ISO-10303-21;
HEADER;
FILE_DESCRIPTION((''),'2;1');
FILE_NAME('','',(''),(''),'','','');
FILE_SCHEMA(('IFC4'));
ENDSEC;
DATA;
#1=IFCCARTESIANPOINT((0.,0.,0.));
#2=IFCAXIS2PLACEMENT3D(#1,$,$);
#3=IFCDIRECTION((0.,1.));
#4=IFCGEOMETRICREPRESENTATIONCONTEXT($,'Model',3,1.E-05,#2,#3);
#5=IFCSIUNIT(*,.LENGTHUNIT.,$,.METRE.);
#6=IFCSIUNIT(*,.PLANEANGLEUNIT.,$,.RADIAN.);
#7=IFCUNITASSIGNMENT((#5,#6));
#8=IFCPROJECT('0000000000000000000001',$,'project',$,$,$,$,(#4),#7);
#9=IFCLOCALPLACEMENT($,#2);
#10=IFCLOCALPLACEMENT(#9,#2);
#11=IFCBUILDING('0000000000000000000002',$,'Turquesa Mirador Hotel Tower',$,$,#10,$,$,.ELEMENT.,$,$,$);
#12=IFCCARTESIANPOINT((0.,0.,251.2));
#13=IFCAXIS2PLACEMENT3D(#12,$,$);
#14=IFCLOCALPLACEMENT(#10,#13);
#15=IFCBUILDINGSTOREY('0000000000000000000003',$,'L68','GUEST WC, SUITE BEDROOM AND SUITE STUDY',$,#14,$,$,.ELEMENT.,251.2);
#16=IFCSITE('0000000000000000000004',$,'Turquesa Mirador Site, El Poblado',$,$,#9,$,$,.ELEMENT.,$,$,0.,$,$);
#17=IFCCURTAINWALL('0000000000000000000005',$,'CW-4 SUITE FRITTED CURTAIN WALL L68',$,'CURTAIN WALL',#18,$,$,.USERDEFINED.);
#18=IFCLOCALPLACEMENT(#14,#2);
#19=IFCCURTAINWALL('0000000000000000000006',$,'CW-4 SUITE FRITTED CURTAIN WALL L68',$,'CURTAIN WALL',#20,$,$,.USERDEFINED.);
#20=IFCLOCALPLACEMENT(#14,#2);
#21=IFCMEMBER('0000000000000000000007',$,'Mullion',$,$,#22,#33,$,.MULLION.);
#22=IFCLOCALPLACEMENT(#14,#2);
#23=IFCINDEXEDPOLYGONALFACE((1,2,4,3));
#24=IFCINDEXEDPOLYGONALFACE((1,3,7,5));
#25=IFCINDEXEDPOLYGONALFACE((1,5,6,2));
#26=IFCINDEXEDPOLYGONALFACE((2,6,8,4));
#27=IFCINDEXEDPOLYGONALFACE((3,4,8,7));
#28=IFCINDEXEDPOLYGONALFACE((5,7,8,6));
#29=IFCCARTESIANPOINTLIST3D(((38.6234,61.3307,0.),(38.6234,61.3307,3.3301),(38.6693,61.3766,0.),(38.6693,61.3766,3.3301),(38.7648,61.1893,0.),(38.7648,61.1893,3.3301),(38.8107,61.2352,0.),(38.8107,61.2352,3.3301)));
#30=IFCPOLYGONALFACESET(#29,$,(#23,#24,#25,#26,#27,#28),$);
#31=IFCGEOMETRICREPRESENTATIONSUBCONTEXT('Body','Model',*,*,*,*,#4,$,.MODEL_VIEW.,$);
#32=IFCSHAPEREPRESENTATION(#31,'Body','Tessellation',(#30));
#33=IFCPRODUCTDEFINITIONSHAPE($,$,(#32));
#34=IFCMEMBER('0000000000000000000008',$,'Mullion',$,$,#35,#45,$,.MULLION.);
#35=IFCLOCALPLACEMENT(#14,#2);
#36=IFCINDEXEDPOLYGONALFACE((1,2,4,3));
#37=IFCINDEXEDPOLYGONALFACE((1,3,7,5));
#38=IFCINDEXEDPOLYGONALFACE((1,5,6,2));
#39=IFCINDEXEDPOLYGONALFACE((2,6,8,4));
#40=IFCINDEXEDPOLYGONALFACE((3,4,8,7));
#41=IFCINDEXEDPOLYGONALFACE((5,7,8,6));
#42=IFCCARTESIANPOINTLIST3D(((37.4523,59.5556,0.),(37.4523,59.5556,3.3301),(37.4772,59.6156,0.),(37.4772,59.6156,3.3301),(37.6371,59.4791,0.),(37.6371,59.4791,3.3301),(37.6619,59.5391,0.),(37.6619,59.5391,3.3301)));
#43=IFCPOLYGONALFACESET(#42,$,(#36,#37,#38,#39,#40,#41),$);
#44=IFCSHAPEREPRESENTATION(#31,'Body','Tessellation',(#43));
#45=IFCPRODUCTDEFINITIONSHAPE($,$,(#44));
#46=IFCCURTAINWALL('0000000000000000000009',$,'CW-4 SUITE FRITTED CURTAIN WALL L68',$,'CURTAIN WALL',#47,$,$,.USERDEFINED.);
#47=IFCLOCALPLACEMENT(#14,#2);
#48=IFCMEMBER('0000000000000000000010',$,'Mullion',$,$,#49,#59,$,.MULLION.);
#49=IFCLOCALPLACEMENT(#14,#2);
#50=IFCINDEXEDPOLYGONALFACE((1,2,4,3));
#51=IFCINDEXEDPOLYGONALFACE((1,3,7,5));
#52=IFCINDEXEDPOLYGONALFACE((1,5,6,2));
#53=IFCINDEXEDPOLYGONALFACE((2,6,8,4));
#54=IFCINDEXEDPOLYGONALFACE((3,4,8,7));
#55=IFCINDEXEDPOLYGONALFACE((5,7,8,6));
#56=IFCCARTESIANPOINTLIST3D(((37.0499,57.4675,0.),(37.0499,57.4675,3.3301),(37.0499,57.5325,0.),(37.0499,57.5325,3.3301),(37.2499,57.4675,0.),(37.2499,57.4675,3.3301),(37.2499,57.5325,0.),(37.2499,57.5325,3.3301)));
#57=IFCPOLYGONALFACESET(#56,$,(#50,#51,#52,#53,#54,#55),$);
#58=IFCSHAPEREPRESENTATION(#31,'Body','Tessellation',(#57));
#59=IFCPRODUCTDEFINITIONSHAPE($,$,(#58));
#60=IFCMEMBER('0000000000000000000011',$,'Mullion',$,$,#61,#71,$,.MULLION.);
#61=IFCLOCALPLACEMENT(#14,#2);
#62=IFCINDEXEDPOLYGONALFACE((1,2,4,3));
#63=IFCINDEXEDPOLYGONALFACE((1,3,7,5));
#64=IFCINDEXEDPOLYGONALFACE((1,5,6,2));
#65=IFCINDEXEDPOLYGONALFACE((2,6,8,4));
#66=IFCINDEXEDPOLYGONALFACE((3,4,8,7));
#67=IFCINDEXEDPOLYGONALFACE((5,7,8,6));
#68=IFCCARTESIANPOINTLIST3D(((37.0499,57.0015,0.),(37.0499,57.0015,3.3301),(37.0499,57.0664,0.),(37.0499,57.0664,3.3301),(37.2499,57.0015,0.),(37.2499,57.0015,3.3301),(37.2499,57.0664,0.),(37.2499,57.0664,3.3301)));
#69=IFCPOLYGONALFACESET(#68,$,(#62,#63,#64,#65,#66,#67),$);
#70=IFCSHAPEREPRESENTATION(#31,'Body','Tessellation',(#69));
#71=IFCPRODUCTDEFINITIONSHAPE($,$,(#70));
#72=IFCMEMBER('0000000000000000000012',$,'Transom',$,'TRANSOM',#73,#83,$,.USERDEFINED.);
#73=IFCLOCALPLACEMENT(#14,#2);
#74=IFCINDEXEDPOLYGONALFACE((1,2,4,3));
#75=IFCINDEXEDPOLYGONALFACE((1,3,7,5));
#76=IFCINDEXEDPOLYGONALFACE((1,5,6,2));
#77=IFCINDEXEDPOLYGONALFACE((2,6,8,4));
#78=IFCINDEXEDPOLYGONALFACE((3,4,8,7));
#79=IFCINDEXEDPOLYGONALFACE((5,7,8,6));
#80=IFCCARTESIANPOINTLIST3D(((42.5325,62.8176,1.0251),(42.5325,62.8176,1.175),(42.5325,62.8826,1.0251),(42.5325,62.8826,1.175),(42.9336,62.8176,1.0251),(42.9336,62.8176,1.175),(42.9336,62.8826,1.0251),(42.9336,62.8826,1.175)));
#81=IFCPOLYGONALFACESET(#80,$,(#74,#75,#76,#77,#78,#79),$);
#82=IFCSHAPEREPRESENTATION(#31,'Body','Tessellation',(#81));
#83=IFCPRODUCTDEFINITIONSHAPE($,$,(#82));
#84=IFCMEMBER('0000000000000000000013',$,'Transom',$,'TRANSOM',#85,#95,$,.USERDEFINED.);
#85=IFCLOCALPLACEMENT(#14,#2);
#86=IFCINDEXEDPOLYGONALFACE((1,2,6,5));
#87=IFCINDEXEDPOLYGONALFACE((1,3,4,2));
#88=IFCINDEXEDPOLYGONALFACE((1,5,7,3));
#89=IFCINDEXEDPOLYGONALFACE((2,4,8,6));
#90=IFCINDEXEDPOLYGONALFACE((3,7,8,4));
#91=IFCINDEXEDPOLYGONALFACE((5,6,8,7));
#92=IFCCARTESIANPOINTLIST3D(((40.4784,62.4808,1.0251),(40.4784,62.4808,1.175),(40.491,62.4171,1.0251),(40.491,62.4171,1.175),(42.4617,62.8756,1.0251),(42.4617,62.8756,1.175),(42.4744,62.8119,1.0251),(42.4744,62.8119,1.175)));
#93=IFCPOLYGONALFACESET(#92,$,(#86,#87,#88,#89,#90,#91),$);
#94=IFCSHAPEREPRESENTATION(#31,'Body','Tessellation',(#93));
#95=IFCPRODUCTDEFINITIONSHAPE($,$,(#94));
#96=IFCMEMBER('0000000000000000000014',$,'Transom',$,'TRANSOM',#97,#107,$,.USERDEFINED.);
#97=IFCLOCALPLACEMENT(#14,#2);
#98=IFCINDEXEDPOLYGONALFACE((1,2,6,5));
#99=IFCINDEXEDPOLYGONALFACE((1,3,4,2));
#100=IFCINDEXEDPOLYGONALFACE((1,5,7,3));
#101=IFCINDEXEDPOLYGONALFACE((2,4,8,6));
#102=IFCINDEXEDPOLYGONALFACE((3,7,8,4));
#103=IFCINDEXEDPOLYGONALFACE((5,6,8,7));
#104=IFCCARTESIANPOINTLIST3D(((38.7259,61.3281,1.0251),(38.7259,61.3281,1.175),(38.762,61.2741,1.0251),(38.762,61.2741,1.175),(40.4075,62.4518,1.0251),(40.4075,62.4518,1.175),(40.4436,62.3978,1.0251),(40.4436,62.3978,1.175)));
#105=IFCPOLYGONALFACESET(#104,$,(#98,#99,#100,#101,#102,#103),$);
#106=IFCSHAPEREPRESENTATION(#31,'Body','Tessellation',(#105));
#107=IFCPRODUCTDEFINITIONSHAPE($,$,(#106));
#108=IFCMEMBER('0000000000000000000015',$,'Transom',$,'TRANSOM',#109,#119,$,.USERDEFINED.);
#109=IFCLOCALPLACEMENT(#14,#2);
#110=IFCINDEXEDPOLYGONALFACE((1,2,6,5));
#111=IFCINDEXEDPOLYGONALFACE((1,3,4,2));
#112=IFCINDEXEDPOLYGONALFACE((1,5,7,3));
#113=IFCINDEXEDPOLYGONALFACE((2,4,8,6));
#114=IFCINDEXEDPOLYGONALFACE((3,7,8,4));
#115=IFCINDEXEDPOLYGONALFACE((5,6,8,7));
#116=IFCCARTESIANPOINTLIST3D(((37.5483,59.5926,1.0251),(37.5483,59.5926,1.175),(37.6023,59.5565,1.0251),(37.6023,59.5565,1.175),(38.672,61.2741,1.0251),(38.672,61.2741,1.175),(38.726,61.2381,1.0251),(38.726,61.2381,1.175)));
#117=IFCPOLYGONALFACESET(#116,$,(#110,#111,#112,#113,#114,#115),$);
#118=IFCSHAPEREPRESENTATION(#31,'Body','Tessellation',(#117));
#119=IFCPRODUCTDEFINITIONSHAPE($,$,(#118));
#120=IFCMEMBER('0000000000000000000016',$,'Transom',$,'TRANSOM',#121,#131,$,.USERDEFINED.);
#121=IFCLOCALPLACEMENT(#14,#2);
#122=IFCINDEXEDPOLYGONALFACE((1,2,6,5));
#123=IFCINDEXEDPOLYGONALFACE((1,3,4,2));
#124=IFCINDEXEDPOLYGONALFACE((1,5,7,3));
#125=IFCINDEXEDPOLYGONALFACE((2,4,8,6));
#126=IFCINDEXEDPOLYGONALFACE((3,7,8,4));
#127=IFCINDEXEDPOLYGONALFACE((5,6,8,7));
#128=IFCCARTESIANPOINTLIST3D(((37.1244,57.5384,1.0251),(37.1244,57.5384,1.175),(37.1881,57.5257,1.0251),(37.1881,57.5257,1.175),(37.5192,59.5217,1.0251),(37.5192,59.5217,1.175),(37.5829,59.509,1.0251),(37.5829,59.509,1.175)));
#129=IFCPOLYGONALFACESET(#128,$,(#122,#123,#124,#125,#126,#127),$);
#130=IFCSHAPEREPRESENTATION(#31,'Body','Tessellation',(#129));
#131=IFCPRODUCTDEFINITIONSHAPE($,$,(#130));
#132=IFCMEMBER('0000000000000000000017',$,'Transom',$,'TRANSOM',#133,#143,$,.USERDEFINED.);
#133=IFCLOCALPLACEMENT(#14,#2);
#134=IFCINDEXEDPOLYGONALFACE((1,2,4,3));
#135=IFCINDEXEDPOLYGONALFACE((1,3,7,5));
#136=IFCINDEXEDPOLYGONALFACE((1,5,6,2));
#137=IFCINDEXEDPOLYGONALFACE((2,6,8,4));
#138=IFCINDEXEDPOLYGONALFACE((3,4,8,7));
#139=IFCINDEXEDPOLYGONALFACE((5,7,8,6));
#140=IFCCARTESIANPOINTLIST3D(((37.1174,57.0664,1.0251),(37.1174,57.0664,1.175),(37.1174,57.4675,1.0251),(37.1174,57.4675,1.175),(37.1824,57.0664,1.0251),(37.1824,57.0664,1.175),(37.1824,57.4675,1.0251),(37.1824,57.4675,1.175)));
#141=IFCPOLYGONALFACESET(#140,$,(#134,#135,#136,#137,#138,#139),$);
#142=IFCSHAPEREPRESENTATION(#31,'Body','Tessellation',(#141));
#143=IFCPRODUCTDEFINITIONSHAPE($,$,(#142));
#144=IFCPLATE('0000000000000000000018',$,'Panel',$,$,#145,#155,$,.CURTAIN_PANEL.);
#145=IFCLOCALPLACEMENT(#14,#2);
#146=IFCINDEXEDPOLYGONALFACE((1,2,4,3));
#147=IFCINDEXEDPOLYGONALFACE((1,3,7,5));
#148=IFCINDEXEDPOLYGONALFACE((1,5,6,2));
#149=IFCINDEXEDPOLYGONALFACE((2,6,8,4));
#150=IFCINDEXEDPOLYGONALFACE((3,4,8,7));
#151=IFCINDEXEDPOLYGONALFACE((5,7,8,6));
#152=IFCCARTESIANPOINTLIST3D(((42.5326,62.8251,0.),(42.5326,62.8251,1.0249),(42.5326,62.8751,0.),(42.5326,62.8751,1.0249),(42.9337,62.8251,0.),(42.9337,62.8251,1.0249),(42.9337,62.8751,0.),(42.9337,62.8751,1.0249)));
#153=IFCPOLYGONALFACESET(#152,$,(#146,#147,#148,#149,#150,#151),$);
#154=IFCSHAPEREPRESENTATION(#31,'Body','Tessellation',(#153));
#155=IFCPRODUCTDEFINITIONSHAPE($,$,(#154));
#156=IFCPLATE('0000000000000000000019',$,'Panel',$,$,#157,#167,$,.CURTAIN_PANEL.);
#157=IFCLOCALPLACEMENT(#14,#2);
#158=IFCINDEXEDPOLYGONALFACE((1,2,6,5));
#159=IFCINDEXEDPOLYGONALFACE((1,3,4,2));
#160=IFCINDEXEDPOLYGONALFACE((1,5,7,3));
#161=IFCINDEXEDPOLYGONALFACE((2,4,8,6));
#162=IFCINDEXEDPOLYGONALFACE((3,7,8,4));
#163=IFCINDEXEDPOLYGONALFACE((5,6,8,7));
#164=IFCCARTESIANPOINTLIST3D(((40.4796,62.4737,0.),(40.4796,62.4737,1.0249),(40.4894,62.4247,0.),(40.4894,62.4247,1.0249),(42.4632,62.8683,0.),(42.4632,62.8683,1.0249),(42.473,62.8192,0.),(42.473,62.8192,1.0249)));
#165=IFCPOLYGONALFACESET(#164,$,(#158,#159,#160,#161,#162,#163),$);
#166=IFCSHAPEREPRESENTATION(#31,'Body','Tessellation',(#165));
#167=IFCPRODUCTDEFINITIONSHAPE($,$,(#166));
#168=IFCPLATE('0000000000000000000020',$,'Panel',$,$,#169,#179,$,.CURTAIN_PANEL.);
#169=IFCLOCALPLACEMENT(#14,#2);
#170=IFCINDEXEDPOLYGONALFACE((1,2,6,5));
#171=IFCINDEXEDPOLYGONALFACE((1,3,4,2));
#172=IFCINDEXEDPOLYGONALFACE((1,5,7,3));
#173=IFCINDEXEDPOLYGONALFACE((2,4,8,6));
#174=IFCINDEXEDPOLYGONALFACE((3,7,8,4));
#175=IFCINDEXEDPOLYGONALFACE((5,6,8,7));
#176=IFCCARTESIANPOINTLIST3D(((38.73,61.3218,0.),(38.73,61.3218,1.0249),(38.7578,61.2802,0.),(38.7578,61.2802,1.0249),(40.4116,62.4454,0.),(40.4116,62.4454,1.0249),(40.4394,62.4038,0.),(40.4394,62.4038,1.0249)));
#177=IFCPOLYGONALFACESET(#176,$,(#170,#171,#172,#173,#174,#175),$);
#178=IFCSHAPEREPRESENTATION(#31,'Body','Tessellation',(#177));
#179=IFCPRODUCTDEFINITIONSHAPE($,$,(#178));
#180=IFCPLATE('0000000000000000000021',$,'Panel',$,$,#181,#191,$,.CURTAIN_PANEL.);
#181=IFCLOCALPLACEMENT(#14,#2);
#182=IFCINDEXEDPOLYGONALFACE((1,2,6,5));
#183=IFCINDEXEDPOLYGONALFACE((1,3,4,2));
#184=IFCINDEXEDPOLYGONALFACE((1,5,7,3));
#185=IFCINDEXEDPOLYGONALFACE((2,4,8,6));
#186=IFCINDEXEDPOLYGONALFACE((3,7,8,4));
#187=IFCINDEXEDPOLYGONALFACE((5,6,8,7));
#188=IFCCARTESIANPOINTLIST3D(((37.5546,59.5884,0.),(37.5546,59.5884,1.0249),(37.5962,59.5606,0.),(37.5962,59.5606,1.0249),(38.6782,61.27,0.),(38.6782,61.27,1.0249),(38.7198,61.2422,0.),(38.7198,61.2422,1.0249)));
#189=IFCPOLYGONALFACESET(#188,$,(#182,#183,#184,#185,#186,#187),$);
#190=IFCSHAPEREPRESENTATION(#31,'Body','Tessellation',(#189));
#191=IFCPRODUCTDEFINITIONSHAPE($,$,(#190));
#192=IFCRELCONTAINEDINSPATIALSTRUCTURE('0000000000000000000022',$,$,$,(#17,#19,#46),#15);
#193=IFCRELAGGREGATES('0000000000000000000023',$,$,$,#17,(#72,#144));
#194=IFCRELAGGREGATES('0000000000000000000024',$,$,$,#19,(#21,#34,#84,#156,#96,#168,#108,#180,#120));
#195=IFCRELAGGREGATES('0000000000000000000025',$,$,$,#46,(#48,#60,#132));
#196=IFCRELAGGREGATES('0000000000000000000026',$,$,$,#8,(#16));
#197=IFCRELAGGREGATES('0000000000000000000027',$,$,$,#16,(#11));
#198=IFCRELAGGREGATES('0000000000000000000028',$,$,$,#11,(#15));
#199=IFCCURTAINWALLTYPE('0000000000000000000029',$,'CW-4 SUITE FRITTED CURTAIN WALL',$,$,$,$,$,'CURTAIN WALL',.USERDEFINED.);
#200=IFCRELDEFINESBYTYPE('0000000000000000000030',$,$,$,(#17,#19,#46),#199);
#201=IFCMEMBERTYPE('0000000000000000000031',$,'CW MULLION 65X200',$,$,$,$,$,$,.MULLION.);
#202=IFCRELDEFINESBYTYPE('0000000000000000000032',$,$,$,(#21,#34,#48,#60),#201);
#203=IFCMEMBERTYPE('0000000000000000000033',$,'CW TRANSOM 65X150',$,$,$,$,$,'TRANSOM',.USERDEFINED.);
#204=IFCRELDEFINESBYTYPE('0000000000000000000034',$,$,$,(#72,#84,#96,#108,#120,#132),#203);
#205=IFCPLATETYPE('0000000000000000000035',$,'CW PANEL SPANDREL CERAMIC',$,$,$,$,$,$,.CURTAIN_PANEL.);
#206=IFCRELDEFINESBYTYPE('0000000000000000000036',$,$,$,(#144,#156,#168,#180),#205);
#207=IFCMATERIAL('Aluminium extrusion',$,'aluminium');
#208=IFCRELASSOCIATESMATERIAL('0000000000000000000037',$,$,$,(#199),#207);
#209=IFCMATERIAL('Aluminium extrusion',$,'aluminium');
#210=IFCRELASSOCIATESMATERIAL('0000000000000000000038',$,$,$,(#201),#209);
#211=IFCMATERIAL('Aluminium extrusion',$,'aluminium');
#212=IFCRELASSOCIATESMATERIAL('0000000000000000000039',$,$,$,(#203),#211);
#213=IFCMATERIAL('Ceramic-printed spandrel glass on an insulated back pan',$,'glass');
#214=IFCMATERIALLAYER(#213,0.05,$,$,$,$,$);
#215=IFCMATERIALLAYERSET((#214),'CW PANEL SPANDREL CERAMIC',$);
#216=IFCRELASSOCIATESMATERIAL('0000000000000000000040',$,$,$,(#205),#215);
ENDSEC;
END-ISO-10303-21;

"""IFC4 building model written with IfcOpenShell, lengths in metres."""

from ifc_helpers import new_model, si_unit, direction, frame, origin, origin_2d, place, context, subcontext, project, spatial, rectangle, extrude, material, layer, layer_set, material_profile, profile_set, type_object, element, aggregate, save


model = new_model("IFC4")

# Units and contexts
model_context = context("Model", 3, precision=1e-05, world=origin(), true_north=direction((0.0, 1.0)))
body_context = subcontext(model_context, "Body", "Model", "MODEL_VIEW")
ifc_project = project(units=[si_unit("LENGTHUNIT", "METRE"), si_unit("PLANEANGLEUNIT", "RADIAN")], contexts=[model_context])

# Site, building, storey
site_placement = place(None, origin())
site = spatial("IfcSite", under=ifc_project, at=site_placement, Name="Turquesa Mirador Site, El Poblado", CompositionType="ELEMENT", RefElevation=0.0)
building_placement = place(site_placement, origin())
building = spatial("IfcBuilding", under=site, at=building_placement, Name="Turquesa Mirador Hotel Tower", CompositionType="ELEMENT")
storey_placement = place(building_placement, frame((0.0, 0.0, 251.2)))
storey = spatial("IfcBuildingStorey", under=building, at=storey_placement, Name="L68", Description="GUEST WC, SUITE BEDROOM AND SUITE STUDY", CompositionType="ELEMENT", Elevation=251.2)

# Curtain walls, members
ifc_material_1 = material(Name="Aluminium extrusion", Category="aluminium")
curtain_wall_type = type_object("IfcCurtainWallType", Name="CW-4 SUITE FRITTED CURTAIN WALL", ElementType="CURTAIN WALL", PredefinedType="USERDEFINED", material=ifc_material_1)
curtain_wall_1_placement = place(storey_placement, origin())
curtain_wall_1 = element("IfcCurtainWall", 1, at=curtain_wall_1_placement, inside=storey, type_object=curtain_wall_type, Name="CW-4 SUITE FRITTED CURTAIN WALL L68", ObjectType="CURTAIN WALL", PredefinedType="USERDEFINED")
ifc_material_2 = material(Name="Aluminium extrusion", Category="aluminium")
ifc_material_profile_1 = material_profile(ifc_material_2, rectangle(XDim=0.0649, YDim=0.2, at=origin_2d()), Name="MULLION 65X200")
ifc_profile_set_1 = profile_set([ifc_material_profile_1], Name="Aluminium extrusion")
member_type_1 = type_object("IfcMemberType", Name="CW MULLION 65X200", PredefinedType="MULLION", material=ifc_profile_set_1)
curtain_wall_2_placement = place(storey_placement, origin())
curtain_wall_2 = element("IfcCurtainWall", 2, at=curtain_wall_2_placement, inside=storey, type_object=curtain_wall_type, Name="CW-4 SUITE FRITTED CURTAIN WALL L68", ObjectType="CURTAIN WALL", PredefinedType="USERDEFINED")
member_1_placement = place(storey_placement, frame((38.717, 61.283, 0.0), z_axis=(0.0, 0.0, 1.0), x_axis=(-0.707107, -0.707107, 0.0)))
member_1 = element("IfcMember", 3, at=member_1_placement, type_object=member_type_1, Name="Mullion", PredefinedType="MULLION", context=body_context, shape_type="SweptSolid", body=[
    extrude(rectangle(XDim=0.0649, YDim=0.2, at=origin_2d()), origin(), (0.0, 0.0, 1.0), 3.3301),
])
member_2_placement = place(storey_placement, frame((37.5571, 59.5474, 0.0), z_axis=(0.0, 0.0, 1.0), x_axis=(-0.382683, -0.92388, 0.0)))
member_2 = element("IfcMember", 4, at=member_2_placement, type_object=member_type_1, Name="Mullion", PredefinedType="MULLION", context=body_context, shape_type="SweptSolid", body=[
    extrude(rectangle(XDim=0.0649, YDim=0.2, at=origin_2d()), origin(), (0.0, 0.0, 1.0), 3.3301),
])
curtain_wall_3_placement = place(storey_placement, origin())
curtain_wall_3 = element("IfcCurtainWall", 5, at=curtain_wall_3_placement, inside=storey, type_object=curtain_wall_type, Name="CW-4 SUITE FRITTED CURTAIN WALL L68", ObjectType="CURTAIN WALL", PredefinedType="USERDEFINED")
member_3_placement = place(storey_placement, frame((37.1499, 57.5, 0.0), z_axis=(0.0, 0.0, 1.0), x_axis=(0.0, -1.0, 0.0)))
member_3 = element("IfcMember", 6, at=member_3_placement, type_object=member_type_1, Name="Mullion", PredefinedType="MULLION", context=body_context, shape_type="SweptSolid", body=[
    extrude(rectangle(XDim=0.0649, YDim=0.2, at=origin_2d()), origin(), (0.0, 0.0, 1.0), 3.3301),
])
member_4_placement = place(storey_placement, frame((37.1499, 57.0339, 0.0), z_axis=(0.0, 0.0, 1.0), x_axis=(0.0, -1.0, 0.0)))
member_4 = element("IfcMember", 7, at=member_4_placement, type_object=member_type_1, Name="Mullion", PredefinedType="MULLION", context=body_context, shape_type="SweptSolid", body=[
    extrude(rectangle(XDim=0.0649, YDim=0.2, at=origin_2d()), origin(), (0.0, 0.0, 1.0), 3.3301),
])

# Members
ifc_material_3 = material(Name="Aluminium extrusion", Category="aluminium")
ifc_material_profile_2 = material_profile(ifc_material_3, rectangle(XDim=0.0649, YDim=0.1499, at=origin_2d()), Name="TRANSOM 65X150")
ifc_profile_set_2 = profile_set([ifc_material_profile_2], Name="Aluminium extrusion")
member_type_2 = type_object("IfcMemberType", Name="CW TRANSOM 65X150", ElementType="TRANSOM", PredefinedType="USERDEFINED", material=ifc_profile_set_2)
member_5_placement = place(storey_placement, frame((42.9336, 62.8501, 1.1001), z_axis=(-1.0, 0.0, 0.0), x_axis=(0.0, -1.0, 0.0)))
member_5 = element("IfcMember", 8, at=member_5_placement, type_object=member_type_2, Name="Transom", ObjectType="TRANSOM", PredefinedType="USERDEFINED", context=body_context, shape_type="SweptSolid", body=[
    extrude(rectangle(XDim=0.0649, YDim=0.1499, at=origin_2d()), origin(), (0.0, 0.0, 1.0), 0.4011),
])
member_6_placement = place(storey_placement, frame((42.468, 62.8438, 1.1001), z_axis=(-0.980761, -0.195211, 0.0), x_axis=(0.195211, -0.980761, 0.0)))
member_6 = element("IfcMember", 9, at=member_6_placement, type_object=member_type_2, Name="Transom", ObjectType="TRANSOM", PredefinedType="USERDEFINED", context=body_context, shape_type="SweptSolid", body=[
    extrude(rectangle(XDim=0.0649, YDim=0.1499, at=origin_2d()), origin(), (0.0, 0.0, 1.0), 2.0222),
])
member_7_placement = place(storey_placement, frame((40.4255, 62.4248, 1.1001), z_axis=(-0.831437, -0.555619, 0.0), x_axis=(0.555619, -0.831437, 0.0)))
member_7 = element("IfcMember", 10, at=member_7_placement, type_object=member_type_2, Name="Transom", ObjectType="TRANSOM", PredefinedType="USERDEFINED", context=body_context, shape_type="SweptSolid", body=[
    extrude(rectangle(XDim=0.0649, YDim=0.1499, at=origin_2d()), origin(), (0.0, 0.0, 1.0), 2.0225),
])
member_8_placement = place(storey_placement, frame((38.699, 61.2561, 1.1001), z_axis=(-0.555619, -0.831437, 0.0), x_axis=(0.831437, -0.555619, 0.0)))
member_8 = element("IfcMember", 11, at=member_8_placement, type_object=member_type_2, Name="Transom", ObjectType="TRANSOM", PredefinedType="USERDEFINED", context=body_context, shape_type="SweptSolid", body=[
    extrude(rectangle(XDim=0.0649, YDim=0.1499, at=origin_2d()), origin(), (0.0, 0.0, 1.0), 2.0225),
])
member_9_placement = place(storey_placement, frame((37.551, 59.5154, 1.1001), z_axis=(-0.195211, -0.980761, 0.0), x_axis=(0.980761, -0.195211, 0.0)))
member_9 = element("IfcMember", 12, at=member_9_placement, type_object=member_type_2, Name="Transom", ObjectType="TRANSOM", PredefinedType="USERDEFINED", context=body_context, shape_type="SweptSolid", body=[
    extrude(rectangle(XDim=0.0649, YDim=0.1499, at=origin_2d()), origin(), (0.0, 0.0, 1.0), 2.0222),
])
member_10_placement = place(storey_placement, frame((37.1499, 57.4675, 1.1001), z_axis=(0.0, -1.0, 0.0), x_axis=(1.0, 0.0, 0.0)))
member_10 = element("IfcMember", 13, at=member_10_placement, type_object=member_type_2, Name="Transom", ObjectType="TRANSOM", PredefinedType="USERDEFINED", context=body_context, shape_type="SweptSolid", body=[
    extrude(rectangle(XDim=0.0649, YDim=0.1499, at=origin_2d()), origin(), (0.0, 0.0, 1.0), 0.4011),
])

# Plates
ifc_material_4 = material(Name="Ceramic-printed spandrel glass on an insulated back pan", Category="glass")
ifc_layer_1 = layer(ifc_material_4, 0.05)
ifc_layer_set_1 = layer_set([ifc_layer_1], Name="CW PANEL SPANDREL CERAMIC")
plate_type_1 = type_object("IfcPlateType", Name="CW PANEL SPANDREL CERAMIC", PredefinedType="CURTAIN_PANEL", material=ifc_layer_set_1)
plate_1_placement = place(storey_placement, frame((42.7332, 62.8501, 0.0), z_axis=(0.0, 0.0, 1.0), x_axis=(-1.0, 0.0, 0.0)))
plate_1 = element("IfcPlate", 14, at=plate_1_placement, type_object=plate_type_1, Name="Panel", PredefinedType="CURTAIN_PANEL", context=body_context, shape_type="SweptSolid", body=[
    extrude(rectangle(XDim=0.4011, YDim=0.05, at=origin_2d()), origin(), (0.0, 0.0, 1.0), 1.0249),
])
plate_2_placement = place(storey_placement, frame((41.4763, 62.6465, 0.0), z_axis=(0.0, 0.0, 1.0), x_axis=(-0.980785, -0.195091, 0.0)))
plate_2 = element("IfcPlate", 15, at=plate_2_placement, type_object=plate_type_1, Name="Panel", PredefinedType="CURTAIN_PANEL", context=body_context, shape_type="SweptSolid", body=[
    extrude(rectangle(XDim=2.0225, YDim=0.05, at=origin_2d()), origin(), (0.0, 0.0, 1.0), 1.0249),
])
plate_3_placement = place(storey_placement, frame((39.5847, 61.8628, 0.0), z_axis=(0.0, 0.0, 1.0), x_axis=(-0.83147, -0.55557, 0.0)))
plate_3 = element("IfcPlate", 16, at=plate_3_placement, type_object=plate_type_1, Name="Panel", PredefinedType="CURTAIN_PANEL", context=body_context, shape_type="SweptSolid", body=[
    extrude(rectangle(XDim=2.0225, YDim=0.05, at=origin_2d()), origin(), (0.0, 0.0, 1.0), 1.0249),
])
plate_4_placement = place(storey_placement, frame((38.1372, 60.4153, 0.0), z_axis=(0.0, 0.0, 1.0), x_axis=(-0.55557, -0.83147, 0.0)))
plate_4 = element("IfcPlate", 17, at=plate_4_placement, type_object=plate_type_1, Name="Panel", PredefinedType="CURTAIN_PANEL", context=body_context, shape_type="SweptSolid", body=[
    extrude(rectangle(XDim=2.0225, YDim=0.05, at=origin_2d()), origin(), (0.0, 0.0, 1.0), 1.0249),
])
aggregate(curtain_wall_1, [member_5, plate_1])
aggregate(curtain_wall_2, [member_1, member_2, member_6, plate_2, member_7, plate_3, member_8, plate_4, member_9])
aggregate(curtain_wall_3, [member_3, member_4, member_10])

save(model, "model.ifc")
